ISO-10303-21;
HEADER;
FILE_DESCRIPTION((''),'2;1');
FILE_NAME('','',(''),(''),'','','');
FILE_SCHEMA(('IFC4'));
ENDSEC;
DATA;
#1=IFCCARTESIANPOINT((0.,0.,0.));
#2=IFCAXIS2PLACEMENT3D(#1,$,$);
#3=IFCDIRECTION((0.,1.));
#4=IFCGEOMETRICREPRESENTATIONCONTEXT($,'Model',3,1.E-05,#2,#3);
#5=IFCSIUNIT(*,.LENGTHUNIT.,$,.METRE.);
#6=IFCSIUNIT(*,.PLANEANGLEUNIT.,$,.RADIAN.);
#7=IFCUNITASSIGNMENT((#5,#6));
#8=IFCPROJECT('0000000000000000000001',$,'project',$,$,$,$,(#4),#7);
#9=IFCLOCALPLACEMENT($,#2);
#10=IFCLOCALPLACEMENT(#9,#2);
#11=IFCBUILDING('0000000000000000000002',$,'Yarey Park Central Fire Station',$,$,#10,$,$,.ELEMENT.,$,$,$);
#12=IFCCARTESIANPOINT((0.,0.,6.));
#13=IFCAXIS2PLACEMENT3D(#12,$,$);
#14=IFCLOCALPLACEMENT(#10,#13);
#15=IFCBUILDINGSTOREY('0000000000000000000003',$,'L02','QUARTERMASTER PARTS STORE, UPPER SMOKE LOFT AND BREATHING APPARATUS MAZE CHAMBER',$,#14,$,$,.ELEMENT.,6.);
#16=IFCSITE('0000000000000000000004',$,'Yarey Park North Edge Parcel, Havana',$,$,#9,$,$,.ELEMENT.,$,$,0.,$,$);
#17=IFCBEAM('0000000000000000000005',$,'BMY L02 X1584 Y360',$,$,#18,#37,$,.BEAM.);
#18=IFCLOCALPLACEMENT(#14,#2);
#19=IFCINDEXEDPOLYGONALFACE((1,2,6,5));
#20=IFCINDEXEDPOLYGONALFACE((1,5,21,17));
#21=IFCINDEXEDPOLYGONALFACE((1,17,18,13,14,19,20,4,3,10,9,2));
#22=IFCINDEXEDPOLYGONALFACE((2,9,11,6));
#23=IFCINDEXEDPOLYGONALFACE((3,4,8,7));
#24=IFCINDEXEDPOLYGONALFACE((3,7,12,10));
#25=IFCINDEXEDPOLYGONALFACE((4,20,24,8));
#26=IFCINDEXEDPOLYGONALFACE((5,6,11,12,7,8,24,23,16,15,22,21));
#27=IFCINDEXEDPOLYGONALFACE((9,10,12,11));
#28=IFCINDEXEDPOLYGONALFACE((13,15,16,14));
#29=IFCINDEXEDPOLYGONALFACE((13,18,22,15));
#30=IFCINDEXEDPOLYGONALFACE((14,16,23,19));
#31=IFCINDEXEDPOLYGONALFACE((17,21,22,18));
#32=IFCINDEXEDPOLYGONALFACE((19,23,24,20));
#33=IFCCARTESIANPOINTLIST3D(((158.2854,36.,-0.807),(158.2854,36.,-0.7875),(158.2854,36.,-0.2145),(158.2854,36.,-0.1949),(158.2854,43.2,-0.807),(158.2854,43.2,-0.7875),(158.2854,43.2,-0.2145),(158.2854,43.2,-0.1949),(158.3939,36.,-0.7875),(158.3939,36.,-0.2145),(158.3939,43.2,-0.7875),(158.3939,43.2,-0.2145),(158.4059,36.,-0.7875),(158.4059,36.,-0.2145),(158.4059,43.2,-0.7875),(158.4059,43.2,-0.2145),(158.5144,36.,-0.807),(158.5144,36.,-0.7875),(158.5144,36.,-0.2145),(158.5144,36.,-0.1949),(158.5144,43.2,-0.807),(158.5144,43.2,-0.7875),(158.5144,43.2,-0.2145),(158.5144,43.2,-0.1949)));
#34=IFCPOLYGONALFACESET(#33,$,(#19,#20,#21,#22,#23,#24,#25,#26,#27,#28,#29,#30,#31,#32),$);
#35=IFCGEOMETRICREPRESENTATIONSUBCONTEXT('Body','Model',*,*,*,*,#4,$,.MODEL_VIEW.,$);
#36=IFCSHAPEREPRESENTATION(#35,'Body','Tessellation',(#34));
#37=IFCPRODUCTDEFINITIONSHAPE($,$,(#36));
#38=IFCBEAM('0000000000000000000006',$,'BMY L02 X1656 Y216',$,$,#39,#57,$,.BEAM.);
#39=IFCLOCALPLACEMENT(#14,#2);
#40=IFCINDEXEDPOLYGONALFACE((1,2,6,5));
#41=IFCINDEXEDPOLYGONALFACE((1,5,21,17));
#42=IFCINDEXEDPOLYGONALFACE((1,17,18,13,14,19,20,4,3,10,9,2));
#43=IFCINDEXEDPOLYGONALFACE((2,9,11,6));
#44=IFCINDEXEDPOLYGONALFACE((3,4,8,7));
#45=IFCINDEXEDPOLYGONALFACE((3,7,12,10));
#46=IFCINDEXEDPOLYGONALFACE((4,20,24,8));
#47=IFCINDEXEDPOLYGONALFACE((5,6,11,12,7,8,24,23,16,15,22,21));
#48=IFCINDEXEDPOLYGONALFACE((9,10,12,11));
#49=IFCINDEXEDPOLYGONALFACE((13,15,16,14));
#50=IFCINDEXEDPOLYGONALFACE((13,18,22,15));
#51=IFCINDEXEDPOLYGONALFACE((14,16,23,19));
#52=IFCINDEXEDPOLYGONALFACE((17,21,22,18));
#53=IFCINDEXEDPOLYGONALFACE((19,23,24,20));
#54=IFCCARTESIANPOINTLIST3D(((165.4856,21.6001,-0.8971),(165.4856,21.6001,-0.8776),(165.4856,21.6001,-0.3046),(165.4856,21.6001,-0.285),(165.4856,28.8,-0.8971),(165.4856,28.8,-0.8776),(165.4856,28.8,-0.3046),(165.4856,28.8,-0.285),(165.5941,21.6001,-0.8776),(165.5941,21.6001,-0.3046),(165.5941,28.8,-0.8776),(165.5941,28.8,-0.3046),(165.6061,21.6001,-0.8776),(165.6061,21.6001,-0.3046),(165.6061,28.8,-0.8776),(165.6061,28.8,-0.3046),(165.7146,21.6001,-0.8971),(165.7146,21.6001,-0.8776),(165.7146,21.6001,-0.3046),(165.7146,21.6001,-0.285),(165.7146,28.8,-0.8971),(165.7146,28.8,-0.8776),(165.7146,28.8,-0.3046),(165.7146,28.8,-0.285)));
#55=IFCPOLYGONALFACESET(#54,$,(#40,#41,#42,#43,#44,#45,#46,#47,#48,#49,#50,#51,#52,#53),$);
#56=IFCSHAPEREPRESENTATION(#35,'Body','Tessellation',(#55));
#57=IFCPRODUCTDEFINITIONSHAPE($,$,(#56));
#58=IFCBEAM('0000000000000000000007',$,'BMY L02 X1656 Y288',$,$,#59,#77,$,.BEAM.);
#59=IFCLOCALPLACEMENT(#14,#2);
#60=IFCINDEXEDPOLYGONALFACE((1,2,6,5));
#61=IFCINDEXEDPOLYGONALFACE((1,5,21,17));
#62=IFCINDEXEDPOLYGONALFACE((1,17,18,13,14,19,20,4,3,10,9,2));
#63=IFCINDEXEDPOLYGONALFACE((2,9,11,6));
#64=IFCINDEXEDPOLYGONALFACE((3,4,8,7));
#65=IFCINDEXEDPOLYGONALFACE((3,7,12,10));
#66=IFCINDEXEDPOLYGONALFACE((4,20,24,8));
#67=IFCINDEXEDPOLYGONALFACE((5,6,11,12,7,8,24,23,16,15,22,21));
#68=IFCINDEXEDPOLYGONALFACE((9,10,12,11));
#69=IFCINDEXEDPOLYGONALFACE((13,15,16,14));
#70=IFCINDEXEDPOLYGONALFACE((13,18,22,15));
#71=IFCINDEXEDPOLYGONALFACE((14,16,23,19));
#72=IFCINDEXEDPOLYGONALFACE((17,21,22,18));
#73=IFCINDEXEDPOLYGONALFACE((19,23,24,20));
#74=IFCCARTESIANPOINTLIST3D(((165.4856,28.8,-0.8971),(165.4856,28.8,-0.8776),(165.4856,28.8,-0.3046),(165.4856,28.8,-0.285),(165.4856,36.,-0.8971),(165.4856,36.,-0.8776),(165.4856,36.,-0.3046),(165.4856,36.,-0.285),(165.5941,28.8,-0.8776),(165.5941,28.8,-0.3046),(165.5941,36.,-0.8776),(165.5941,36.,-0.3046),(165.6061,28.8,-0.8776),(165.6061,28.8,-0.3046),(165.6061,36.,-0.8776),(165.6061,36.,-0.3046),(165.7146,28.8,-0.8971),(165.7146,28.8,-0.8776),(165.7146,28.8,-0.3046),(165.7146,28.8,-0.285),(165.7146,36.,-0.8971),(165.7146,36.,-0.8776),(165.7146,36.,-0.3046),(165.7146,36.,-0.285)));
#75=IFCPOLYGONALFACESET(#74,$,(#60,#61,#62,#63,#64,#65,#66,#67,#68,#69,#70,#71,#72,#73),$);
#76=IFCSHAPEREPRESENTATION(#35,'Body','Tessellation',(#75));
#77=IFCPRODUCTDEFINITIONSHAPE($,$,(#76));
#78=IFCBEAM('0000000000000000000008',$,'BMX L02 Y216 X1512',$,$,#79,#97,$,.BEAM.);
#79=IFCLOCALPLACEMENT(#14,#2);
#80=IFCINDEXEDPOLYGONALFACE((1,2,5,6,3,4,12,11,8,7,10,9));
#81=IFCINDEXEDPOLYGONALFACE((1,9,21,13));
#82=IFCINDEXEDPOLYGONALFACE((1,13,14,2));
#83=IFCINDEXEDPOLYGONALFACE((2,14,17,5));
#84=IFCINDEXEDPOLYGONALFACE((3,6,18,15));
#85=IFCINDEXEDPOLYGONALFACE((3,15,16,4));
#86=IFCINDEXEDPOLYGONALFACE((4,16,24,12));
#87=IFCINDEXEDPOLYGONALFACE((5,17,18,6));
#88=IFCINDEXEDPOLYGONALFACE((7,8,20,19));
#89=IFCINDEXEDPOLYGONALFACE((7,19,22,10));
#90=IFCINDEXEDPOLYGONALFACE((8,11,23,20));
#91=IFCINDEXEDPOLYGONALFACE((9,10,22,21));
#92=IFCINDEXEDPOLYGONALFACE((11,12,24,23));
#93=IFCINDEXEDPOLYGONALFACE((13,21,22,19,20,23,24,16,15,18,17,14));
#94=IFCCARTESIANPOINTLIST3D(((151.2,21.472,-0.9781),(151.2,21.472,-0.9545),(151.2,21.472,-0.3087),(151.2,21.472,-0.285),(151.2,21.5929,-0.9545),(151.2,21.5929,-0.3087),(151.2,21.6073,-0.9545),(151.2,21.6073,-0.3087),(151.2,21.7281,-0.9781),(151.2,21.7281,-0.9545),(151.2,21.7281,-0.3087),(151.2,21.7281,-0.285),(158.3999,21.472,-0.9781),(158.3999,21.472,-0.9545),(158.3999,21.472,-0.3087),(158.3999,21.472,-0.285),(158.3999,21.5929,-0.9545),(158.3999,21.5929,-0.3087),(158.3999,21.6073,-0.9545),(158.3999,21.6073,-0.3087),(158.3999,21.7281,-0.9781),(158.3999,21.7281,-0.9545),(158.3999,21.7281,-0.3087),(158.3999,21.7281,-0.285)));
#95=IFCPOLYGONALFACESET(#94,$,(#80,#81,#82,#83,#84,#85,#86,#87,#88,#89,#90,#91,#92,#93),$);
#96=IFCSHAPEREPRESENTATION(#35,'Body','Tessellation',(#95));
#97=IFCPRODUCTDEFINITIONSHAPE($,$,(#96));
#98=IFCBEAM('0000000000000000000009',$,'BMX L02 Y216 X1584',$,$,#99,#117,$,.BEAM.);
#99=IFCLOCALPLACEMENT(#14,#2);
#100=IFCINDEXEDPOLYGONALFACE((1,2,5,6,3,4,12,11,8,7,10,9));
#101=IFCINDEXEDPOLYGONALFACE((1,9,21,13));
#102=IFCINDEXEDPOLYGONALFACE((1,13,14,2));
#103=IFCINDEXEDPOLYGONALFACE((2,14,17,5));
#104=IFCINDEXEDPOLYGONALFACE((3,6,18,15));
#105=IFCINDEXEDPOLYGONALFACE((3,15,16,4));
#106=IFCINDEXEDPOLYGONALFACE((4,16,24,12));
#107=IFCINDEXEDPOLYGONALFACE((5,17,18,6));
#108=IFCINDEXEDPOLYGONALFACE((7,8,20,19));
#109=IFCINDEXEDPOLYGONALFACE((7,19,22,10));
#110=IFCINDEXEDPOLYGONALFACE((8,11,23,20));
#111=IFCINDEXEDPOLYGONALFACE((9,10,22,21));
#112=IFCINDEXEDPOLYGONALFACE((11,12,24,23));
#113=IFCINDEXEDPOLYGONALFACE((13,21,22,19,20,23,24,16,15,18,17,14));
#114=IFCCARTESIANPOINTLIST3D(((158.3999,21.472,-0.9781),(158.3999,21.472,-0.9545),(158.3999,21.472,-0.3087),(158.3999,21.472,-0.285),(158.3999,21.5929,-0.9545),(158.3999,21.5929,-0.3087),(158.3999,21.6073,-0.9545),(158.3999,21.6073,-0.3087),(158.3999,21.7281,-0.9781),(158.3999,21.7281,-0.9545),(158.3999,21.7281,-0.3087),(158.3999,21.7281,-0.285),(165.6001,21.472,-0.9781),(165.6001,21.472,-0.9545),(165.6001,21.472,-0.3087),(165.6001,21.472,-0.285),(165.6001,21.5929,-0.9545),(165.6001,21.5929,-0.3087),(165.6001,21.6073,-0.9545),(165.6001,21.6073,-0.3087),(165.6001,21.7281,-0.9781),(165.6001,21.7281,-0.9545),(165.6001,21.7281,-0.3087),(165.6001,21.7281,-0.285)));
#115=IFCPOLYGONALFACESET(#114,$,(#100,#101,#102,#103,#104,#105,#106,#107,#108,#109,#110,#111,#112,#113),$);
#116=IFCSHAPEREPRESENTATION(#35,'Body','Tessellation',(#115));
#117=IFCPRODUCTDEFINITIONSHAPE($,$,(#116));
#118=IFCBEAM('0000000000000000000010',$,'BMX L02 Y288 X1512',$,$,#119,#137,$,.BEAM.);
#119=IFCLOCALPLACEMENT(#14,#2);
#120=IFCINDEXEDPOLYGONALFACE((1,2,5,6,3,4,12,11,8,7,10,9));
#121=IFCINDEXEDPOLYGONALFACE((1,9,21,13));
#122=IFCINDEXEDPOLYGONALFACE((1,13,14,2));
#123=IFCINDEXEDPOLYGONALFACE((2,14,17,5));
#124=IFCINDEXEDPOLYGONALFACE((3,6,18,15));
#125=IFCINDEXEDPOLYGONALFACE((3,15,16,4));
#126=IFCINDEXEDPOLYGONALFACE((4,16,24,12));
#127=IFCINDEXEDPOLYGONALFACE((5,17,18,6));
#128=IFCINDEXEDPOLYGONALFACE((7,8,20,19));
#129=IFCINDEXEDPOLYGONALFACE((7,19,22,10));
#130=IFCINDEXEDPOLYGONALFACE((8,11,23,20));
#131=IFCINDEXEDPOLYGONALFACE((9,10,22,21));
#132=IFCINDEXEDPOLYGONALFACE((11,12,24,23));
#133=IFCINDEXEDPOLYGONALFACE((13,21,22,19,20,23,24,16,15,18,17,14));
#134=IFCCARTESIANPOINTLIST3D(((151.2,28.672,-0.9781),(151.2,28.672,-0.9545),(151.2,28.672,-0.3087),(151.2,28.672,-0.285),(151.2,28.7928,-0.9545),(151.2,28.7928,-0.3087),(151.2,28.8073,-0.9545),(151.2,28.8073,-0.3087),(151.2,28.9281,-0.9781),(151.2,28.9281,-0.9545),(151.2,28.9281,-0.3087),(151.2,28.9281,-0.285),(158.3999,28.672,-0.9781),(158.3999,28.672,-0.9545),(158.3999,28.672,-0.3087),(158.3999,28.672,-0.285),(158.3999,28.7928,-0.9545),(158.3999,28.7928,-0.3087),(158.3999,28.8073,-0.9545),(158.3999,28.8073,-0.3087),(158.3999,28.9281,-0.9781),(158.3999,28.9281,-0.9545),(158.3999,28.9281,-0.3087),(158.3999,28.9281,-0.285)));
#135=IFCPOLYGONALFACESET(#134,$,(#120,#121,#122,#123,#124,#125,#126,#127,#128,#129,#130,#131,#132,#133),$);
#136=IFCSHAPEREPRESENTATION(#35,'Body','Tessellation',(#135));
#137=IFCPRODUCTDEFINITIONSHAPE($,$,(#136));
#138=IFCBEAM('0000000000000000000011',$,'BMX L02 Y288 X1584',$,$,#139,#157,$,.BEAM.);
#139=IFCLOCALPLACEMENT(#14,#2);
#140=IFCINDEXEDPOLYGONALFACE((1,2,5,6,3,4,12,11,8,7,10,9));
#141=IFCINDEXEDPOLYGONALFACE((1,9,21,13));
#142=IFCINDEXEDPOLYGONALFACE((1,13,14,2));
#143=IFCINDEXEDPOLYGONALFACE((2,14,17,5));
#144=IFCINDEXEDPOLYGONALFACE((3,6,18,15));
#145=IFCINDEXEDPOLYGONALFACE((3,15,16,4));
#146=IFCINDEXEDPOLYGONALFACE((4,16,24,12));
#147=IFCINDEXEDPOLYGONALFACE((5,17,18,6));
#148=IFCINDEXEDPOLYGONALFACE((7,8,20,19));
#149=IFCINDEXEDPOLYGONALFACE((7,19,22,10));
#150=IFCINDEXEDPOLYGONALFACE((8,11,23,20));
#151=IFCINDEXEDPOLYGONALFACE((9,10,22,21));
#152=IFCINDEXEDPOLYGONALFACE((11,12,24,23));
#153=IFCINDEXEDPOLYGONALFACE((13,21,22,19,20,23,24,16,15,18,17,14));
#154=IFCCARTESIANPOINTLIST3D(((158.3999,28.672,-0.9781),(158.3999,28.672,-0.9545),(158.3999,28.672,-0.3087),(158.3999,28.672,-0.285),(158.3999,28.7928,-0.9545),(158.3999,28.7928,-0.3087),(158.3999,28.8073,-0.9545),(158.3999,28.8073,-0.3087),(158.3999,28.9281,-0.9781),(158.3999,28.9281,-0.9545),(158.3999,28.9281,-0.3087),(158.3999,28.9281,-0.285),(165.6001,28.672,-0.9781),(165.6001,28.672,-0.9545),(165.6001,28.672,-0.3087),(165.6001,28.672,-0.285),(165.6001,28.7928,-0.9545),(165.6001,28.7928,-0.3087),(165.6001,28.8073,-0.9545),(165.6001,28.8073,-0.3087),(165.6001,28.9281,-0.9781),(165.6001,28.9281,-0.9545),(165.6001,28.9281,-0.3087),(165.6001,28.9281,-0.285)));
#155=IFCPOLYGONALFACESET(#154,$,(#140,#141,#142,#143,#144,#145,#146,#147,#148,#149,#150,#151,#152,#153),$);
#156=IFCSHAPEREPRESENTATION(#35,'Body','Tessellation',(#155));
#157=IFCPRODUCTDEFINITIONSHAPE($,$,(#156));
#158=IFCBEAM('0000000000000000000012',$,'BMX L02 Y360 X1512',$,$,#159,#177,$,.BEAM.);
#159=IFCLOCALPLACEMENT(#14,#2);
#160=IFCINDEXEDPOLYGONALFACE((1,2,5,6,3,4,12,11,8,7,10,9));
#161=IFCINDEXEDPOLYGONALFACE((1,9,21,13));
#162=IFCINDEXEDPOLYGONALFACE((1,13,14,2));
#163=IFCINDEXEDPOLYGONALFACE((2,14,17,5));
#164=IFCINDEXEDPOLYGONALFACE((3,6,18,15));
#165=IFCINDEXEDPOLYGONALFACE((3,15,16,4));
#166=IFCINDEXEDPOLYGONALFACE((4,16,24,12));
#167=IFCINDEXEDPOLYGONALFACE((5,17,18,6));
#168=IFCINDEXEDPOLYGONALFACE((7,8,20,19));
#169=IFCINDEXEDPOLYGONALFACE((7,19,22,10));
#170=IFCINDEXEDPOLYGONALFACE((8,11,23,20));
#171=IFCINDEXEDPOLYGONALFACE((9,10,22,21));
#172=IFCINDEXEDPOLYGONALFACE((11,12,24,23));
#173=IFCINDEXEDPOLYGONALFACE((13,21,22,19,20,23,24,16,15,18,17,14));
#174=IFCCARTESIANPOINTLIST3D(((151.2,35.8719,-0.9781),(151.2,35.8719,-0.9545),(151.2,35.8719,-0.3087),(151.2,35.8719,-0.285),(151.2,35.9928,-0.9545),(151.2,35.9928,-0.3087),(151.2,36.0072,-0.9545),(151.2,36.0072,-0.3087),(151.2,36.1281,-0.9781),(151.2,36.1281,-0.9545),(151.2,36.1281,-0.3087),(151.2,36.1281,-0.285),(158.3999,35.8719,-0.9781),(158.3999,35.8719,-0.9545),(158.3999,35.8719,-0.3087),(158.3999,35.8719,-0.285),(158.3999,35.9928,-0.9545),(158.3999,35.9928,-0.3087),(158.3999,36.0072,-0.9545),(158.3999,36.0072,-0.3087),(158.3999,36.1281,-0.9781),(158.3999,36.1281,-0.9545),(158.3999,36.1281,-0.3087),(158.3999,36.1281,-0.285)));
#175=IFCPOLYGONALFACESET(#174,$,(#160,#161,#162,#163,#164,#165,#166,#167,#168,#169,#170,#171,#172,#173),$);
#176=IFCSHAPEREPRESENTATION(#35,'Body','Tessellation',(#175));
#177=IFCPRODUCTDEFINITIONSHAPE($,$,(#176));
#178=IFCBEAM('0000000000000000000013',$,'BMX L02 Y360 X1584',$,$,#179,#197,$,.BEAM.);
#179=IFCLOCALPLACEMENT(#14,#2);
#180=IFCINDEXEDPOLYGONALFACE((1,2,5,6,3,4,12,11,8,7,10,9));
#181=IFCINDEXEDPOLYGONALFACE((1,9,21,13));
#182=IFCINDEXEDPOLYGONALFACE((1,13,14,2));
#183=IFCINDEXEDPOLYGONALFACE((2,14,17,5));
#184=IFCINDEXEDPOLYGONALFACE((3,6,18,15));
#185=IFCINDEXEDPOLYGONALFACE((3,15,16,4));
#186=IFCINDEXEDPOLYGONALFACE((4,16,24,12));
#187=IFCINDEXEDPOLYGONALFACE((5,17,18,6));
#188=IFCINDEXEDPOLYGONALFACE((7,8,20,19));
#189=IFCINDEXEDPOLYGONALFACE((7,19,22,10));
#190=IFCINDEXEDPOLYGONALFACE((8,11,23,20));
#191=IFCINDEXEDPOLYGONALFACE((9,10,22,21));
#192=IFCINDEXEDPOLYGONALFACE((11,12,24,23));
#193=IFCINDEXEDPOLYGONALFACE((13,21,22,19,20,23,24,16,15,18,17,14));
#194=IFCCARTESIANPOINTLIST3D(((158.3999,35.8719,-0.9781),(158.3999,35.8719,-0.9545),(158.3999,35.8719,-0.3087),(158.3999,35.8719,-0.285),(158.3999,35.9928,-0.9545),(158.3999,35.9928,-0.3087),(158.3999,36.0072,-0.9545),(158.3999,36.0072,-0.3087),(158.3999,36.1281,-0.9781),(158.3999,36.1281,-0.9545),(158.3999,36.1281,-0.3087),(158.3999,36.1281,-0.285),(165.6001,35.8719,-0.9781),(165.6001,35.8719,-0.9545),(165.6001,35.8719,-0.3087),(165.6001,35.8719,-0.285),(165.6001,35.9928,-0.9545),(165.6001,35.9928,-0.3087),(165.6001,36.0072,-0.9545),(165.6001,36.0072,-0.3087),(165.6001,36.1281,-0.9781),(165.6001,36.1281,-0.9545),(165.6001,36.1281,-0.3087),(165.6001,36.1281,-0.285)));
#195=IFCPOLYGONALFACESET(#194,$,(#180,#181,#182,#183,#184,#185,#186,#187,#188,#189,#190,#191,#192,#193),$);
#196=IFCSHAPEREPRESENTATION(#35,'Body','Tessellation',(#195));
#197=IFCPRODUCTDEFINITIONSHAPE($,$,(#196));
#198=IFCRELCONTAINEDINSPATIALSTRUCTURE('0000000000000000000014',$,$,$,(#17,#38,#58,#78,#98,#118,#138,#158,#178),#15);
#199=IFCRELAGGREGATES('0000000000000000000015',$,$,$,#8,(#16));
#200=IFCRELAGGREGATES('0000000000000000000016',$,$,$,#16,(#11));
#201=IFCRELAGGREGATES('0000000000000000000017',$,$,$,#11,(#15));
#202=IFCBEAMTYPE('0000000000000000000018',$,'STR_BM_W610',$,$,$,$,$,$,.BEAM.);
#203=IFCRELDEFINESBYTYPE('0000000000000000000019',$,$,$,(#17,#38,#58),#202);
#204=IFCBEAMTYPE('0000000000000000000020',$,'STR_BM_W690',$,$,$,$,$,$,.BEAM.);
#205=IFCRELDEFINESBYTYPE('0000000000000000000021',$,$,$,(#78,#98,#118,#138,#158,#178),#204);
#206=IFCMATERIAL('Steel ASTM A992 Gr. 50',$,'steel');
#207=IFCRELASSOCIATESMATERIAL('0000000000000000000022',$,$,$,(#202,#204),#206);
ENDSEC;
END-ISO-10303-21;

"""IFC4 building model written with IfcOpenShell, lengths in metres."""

from ifc_helpers import new_model, si_unit, direction, frame, origin, origin_2d, place, context, subcontext, project, spatial, i_section, extrude, material, material_profile, profile_set, type_object, element, save


model = new_model("IFC4")

# Units and contexts
model_context = context("Model", 3, precision=1e-05, world=origin(), true_north=direction((0.0, 1.0)))
body_context = subcontext(model_context, "Body", "Model", "MODEL_VIEW")
ifc_project = project(units=[si_unit("LENGTHUNIT", "METRE"), si_unit("PLANEANGLEUNIT", "RADIAN")], contexts=[model_context])

# Site, building, storey
site_placement = place(None, origin())
site = spatial("IfcSite", under=ifc_project, at=site_placement, Name="Yarey Park North Edge Parcel, Havana", CompositionType="ELEMENT", RefElevation=0.0)
building_placement = place(site_placement, origin())
building = spatial("IfcBuilding", under=site, at=building_placement, Name="Yarey Park Central Fire Station", CompositionType="ELEMENT")
storey_placement = place(building_placement, frame((0.0, 0.0, 6.0)))
storey = spatial("IfcBuildingStorey", under=building, at=storey_placement, Name="L02", Description="QUARTERMASTER PARTS STORE, UPPER SMOKE LOFT AND BREATHING APPARATUS MAZE CHAMBER", CompositionType="ELEMENT", Elevation=6.0)

# Beams
ifc_material_1 = material(Name="Steel ASTM A992 Gr. 50", Category="steel")
ifc_material_profile_1 = material_profile(ifc_material_1, i_section(OverallWidth=0.229, OverallDepth=0.6121, WebThickness=0.012, FlangeThickness=0.0195, at=origin_2d()), Name="W610x125")
ifc_profile_set_1 = profile_set([ifc_material_profile_1], Name="Steel ASTM A992 Gr. 50")
beam_type_1 = type_object("IfcBeamType", Name="STR_BM_W610", PredefinedType="BEAM", material=ifc_profile_set_1)
for number, where, z_axis, x_axis, name in (
    (1, (158.3999, 36.0, -0.501), (0.0, 1.0, 0.0), (-1.0, 0.0, 0.0), "BMY L02 X1584 Y360"),
    (2, (165.6001, 21.6001, -0.5911), (0.0, 1.0, 0.0), (-1.0, 0.0, 0.0), "BMY L02 X1656 Y216"),
    (3, (165.6001, 28.8, -0.5911), (0.0, 1.0, 0.0), (-1.0, 0.0, 0.0), "BMY L02 X1656 Y288"),
):
    element("IfcBeam", number, at=place(storey_placement, frame(where, z_axis=z_axis, x_axis=x_axis)), inside=storey, type_object=beam_type_1, Name=name, PredefinedType="BEAM", context=body_context, shape_type="SweptSolid", body=[
        extrude(i_section(OverallWidth=0.229, OverallDepth=0.6121, WebThickness=0.012, FlangeThickness=0.0195, at=origin_2d()), origin(), (0.0, 0.0, 1.0), 7.2),
    ])
ifc_material_profile_2 = material_profile(ifc_material_1, i_section(OverallWidth=0.2561, OverallDepth=0.6931, WebThickness=0.0144, FlangeThickness=0.0237, at=origin_2d()), Name="W690x170")
ifc_profile_set_2 = profile_set([ifc_material_profile_2], Name="Steel ASTM A992 Gr. 50")
beam_type_2 = type_object("IfcBeamType", Name="STR_BM_W690", PredefinedType="BEAM", material=ifc_profile_set_2)
beam_1_placement = place(storey_placement, frame((151.2, 21.6001, -0.6316), z_axis=(1.0, 0.0, 0.0), x_axis=(0.0, 1.0, 0.0)))
element("IfcBeam", 4, at=beam_1_placement, inside=storey, type_object=beam_type_2, Name="BMX L02 Y216 X1512", PredefinedType="BEAM", context=body_context, shape_type="SweptSolid", body=[
    extrude(i_section(OverallWidth=0.2561, OverallDepth=0.6931, WebThickness=0.0144, FlangeThickness=0.0237, at=origin_2d()), origin(), (0.0, 0.0, 1.0), 7.2),
])
beam_2_placement = place(storey_placement, frame((158.3999, 21.6001, -0.6316), z_axis=(1.0, 0.0, 0.0), x_axis=(0.0, 1.0, 0.0)))
element("IfcBeam", 5, at=beam_2_placement, inside=storey, type_object=beam_type_2, Name="BMX L02 Y216 X1584", PredefinedType="BEAM", context=body_context, shape_type="SweptSolid", body=[
    extrude(i_section(OverallWidth=0.2561, OverallDepth=0.6931, WebThickness=0.0144, FlangeThickness=0.0237, at=origin_2d()), origin(), (0.0, 0.0, 1.0), 7.2002),
])
beam_3_placement = place(storey_placement, frame((151.2, 28.8, -0.6316), z_axis=(1.0, 0.0, 0.0), x_axis=(0.0, 1.0, 0.0)))
element("IfcBeam", 6, at=beam_3_placement, inside=storey, type_object=beam_type_2, Name="BMX L02 Y288 X1512", PredefinedType="BEAM", context=body_context, shape_type="SweptSolid", body=[
    extrude(i_section(OverallWidth=0.2561, OverallDepth=0.6931, WebThickness=0.0144, FlangeThickness=0.0237, at=origin_2d()), origin(), (0.0, 0.0, 1.0), 7.2),
])
beam_4_placement = place(storey_placement, frame((158.3999, 28.8, -0.6316), z_axis=(1.0, 0.0, 0.0), x_axis=(0.0, 1.0, 0.0)))
element("IfcBeam", 7, at=beam_4_placement, inside=storey, type_object=beam_type_2, Name="BMX L02 Y288 X1584", PredefinedType="BEAM", context=body_context, shape_type="SweptSolid", body=[
    extrude(i_section(OverallWidth=0.2561, OverallDepth=0.6931, WebThickness=0.0144, FlangeThickness=0.0237, at=origin_2d()), origin(), (0.0, 0.0, 1.0), 7.2002),
])
beam_5_placement = place(storey_placement, frame((151.2, 36.0, -0.6316), z_axis=(1.0, 0.0, 0.0), x_axis=(0.0, 1.0, 0.0)))
element("IfcBeam", 8, at=beam_5_placement, inside=storey, type_object=beam_type_2, Name="BMX L02 Y360 X1512", PredefinedType="BEAM", context=body_context, shape_type="SweptSolid", body=[
    extrude(i_section(OverallWidth=0.2561, OverallDepth=0.6931, WebThickness=0.0144, FlangeThickness=0.0237, at=origin_2d()), origin(), (0.0, 0.0, 1.0), 7.2),
])
beam_6_placement = place(storey_placement, frame((158.3999, 36.0, -0.6316), z_axis=(1.0, 0.0, 0.0), x_axis=(0.0, 1.0, 0.0)))
element("IfcBeam", 9, at=beam_6_placement, inside=storey, type_object=beam_type_2, Name="BMX L02 Y360 X1584", PredefinedType="BEAM", context=body_context, shape_type="SweptSolid", body=[
    extrude(i_section(OverallWidth=0.2561, OverallDepth=0.6931, WebThickness=0.0144, FlangeThickness=0.0237, at=origin_2d()), origin(), (0.0, 0.0, 1.0), 7.2002),
])

save(model, "model.ifc")
